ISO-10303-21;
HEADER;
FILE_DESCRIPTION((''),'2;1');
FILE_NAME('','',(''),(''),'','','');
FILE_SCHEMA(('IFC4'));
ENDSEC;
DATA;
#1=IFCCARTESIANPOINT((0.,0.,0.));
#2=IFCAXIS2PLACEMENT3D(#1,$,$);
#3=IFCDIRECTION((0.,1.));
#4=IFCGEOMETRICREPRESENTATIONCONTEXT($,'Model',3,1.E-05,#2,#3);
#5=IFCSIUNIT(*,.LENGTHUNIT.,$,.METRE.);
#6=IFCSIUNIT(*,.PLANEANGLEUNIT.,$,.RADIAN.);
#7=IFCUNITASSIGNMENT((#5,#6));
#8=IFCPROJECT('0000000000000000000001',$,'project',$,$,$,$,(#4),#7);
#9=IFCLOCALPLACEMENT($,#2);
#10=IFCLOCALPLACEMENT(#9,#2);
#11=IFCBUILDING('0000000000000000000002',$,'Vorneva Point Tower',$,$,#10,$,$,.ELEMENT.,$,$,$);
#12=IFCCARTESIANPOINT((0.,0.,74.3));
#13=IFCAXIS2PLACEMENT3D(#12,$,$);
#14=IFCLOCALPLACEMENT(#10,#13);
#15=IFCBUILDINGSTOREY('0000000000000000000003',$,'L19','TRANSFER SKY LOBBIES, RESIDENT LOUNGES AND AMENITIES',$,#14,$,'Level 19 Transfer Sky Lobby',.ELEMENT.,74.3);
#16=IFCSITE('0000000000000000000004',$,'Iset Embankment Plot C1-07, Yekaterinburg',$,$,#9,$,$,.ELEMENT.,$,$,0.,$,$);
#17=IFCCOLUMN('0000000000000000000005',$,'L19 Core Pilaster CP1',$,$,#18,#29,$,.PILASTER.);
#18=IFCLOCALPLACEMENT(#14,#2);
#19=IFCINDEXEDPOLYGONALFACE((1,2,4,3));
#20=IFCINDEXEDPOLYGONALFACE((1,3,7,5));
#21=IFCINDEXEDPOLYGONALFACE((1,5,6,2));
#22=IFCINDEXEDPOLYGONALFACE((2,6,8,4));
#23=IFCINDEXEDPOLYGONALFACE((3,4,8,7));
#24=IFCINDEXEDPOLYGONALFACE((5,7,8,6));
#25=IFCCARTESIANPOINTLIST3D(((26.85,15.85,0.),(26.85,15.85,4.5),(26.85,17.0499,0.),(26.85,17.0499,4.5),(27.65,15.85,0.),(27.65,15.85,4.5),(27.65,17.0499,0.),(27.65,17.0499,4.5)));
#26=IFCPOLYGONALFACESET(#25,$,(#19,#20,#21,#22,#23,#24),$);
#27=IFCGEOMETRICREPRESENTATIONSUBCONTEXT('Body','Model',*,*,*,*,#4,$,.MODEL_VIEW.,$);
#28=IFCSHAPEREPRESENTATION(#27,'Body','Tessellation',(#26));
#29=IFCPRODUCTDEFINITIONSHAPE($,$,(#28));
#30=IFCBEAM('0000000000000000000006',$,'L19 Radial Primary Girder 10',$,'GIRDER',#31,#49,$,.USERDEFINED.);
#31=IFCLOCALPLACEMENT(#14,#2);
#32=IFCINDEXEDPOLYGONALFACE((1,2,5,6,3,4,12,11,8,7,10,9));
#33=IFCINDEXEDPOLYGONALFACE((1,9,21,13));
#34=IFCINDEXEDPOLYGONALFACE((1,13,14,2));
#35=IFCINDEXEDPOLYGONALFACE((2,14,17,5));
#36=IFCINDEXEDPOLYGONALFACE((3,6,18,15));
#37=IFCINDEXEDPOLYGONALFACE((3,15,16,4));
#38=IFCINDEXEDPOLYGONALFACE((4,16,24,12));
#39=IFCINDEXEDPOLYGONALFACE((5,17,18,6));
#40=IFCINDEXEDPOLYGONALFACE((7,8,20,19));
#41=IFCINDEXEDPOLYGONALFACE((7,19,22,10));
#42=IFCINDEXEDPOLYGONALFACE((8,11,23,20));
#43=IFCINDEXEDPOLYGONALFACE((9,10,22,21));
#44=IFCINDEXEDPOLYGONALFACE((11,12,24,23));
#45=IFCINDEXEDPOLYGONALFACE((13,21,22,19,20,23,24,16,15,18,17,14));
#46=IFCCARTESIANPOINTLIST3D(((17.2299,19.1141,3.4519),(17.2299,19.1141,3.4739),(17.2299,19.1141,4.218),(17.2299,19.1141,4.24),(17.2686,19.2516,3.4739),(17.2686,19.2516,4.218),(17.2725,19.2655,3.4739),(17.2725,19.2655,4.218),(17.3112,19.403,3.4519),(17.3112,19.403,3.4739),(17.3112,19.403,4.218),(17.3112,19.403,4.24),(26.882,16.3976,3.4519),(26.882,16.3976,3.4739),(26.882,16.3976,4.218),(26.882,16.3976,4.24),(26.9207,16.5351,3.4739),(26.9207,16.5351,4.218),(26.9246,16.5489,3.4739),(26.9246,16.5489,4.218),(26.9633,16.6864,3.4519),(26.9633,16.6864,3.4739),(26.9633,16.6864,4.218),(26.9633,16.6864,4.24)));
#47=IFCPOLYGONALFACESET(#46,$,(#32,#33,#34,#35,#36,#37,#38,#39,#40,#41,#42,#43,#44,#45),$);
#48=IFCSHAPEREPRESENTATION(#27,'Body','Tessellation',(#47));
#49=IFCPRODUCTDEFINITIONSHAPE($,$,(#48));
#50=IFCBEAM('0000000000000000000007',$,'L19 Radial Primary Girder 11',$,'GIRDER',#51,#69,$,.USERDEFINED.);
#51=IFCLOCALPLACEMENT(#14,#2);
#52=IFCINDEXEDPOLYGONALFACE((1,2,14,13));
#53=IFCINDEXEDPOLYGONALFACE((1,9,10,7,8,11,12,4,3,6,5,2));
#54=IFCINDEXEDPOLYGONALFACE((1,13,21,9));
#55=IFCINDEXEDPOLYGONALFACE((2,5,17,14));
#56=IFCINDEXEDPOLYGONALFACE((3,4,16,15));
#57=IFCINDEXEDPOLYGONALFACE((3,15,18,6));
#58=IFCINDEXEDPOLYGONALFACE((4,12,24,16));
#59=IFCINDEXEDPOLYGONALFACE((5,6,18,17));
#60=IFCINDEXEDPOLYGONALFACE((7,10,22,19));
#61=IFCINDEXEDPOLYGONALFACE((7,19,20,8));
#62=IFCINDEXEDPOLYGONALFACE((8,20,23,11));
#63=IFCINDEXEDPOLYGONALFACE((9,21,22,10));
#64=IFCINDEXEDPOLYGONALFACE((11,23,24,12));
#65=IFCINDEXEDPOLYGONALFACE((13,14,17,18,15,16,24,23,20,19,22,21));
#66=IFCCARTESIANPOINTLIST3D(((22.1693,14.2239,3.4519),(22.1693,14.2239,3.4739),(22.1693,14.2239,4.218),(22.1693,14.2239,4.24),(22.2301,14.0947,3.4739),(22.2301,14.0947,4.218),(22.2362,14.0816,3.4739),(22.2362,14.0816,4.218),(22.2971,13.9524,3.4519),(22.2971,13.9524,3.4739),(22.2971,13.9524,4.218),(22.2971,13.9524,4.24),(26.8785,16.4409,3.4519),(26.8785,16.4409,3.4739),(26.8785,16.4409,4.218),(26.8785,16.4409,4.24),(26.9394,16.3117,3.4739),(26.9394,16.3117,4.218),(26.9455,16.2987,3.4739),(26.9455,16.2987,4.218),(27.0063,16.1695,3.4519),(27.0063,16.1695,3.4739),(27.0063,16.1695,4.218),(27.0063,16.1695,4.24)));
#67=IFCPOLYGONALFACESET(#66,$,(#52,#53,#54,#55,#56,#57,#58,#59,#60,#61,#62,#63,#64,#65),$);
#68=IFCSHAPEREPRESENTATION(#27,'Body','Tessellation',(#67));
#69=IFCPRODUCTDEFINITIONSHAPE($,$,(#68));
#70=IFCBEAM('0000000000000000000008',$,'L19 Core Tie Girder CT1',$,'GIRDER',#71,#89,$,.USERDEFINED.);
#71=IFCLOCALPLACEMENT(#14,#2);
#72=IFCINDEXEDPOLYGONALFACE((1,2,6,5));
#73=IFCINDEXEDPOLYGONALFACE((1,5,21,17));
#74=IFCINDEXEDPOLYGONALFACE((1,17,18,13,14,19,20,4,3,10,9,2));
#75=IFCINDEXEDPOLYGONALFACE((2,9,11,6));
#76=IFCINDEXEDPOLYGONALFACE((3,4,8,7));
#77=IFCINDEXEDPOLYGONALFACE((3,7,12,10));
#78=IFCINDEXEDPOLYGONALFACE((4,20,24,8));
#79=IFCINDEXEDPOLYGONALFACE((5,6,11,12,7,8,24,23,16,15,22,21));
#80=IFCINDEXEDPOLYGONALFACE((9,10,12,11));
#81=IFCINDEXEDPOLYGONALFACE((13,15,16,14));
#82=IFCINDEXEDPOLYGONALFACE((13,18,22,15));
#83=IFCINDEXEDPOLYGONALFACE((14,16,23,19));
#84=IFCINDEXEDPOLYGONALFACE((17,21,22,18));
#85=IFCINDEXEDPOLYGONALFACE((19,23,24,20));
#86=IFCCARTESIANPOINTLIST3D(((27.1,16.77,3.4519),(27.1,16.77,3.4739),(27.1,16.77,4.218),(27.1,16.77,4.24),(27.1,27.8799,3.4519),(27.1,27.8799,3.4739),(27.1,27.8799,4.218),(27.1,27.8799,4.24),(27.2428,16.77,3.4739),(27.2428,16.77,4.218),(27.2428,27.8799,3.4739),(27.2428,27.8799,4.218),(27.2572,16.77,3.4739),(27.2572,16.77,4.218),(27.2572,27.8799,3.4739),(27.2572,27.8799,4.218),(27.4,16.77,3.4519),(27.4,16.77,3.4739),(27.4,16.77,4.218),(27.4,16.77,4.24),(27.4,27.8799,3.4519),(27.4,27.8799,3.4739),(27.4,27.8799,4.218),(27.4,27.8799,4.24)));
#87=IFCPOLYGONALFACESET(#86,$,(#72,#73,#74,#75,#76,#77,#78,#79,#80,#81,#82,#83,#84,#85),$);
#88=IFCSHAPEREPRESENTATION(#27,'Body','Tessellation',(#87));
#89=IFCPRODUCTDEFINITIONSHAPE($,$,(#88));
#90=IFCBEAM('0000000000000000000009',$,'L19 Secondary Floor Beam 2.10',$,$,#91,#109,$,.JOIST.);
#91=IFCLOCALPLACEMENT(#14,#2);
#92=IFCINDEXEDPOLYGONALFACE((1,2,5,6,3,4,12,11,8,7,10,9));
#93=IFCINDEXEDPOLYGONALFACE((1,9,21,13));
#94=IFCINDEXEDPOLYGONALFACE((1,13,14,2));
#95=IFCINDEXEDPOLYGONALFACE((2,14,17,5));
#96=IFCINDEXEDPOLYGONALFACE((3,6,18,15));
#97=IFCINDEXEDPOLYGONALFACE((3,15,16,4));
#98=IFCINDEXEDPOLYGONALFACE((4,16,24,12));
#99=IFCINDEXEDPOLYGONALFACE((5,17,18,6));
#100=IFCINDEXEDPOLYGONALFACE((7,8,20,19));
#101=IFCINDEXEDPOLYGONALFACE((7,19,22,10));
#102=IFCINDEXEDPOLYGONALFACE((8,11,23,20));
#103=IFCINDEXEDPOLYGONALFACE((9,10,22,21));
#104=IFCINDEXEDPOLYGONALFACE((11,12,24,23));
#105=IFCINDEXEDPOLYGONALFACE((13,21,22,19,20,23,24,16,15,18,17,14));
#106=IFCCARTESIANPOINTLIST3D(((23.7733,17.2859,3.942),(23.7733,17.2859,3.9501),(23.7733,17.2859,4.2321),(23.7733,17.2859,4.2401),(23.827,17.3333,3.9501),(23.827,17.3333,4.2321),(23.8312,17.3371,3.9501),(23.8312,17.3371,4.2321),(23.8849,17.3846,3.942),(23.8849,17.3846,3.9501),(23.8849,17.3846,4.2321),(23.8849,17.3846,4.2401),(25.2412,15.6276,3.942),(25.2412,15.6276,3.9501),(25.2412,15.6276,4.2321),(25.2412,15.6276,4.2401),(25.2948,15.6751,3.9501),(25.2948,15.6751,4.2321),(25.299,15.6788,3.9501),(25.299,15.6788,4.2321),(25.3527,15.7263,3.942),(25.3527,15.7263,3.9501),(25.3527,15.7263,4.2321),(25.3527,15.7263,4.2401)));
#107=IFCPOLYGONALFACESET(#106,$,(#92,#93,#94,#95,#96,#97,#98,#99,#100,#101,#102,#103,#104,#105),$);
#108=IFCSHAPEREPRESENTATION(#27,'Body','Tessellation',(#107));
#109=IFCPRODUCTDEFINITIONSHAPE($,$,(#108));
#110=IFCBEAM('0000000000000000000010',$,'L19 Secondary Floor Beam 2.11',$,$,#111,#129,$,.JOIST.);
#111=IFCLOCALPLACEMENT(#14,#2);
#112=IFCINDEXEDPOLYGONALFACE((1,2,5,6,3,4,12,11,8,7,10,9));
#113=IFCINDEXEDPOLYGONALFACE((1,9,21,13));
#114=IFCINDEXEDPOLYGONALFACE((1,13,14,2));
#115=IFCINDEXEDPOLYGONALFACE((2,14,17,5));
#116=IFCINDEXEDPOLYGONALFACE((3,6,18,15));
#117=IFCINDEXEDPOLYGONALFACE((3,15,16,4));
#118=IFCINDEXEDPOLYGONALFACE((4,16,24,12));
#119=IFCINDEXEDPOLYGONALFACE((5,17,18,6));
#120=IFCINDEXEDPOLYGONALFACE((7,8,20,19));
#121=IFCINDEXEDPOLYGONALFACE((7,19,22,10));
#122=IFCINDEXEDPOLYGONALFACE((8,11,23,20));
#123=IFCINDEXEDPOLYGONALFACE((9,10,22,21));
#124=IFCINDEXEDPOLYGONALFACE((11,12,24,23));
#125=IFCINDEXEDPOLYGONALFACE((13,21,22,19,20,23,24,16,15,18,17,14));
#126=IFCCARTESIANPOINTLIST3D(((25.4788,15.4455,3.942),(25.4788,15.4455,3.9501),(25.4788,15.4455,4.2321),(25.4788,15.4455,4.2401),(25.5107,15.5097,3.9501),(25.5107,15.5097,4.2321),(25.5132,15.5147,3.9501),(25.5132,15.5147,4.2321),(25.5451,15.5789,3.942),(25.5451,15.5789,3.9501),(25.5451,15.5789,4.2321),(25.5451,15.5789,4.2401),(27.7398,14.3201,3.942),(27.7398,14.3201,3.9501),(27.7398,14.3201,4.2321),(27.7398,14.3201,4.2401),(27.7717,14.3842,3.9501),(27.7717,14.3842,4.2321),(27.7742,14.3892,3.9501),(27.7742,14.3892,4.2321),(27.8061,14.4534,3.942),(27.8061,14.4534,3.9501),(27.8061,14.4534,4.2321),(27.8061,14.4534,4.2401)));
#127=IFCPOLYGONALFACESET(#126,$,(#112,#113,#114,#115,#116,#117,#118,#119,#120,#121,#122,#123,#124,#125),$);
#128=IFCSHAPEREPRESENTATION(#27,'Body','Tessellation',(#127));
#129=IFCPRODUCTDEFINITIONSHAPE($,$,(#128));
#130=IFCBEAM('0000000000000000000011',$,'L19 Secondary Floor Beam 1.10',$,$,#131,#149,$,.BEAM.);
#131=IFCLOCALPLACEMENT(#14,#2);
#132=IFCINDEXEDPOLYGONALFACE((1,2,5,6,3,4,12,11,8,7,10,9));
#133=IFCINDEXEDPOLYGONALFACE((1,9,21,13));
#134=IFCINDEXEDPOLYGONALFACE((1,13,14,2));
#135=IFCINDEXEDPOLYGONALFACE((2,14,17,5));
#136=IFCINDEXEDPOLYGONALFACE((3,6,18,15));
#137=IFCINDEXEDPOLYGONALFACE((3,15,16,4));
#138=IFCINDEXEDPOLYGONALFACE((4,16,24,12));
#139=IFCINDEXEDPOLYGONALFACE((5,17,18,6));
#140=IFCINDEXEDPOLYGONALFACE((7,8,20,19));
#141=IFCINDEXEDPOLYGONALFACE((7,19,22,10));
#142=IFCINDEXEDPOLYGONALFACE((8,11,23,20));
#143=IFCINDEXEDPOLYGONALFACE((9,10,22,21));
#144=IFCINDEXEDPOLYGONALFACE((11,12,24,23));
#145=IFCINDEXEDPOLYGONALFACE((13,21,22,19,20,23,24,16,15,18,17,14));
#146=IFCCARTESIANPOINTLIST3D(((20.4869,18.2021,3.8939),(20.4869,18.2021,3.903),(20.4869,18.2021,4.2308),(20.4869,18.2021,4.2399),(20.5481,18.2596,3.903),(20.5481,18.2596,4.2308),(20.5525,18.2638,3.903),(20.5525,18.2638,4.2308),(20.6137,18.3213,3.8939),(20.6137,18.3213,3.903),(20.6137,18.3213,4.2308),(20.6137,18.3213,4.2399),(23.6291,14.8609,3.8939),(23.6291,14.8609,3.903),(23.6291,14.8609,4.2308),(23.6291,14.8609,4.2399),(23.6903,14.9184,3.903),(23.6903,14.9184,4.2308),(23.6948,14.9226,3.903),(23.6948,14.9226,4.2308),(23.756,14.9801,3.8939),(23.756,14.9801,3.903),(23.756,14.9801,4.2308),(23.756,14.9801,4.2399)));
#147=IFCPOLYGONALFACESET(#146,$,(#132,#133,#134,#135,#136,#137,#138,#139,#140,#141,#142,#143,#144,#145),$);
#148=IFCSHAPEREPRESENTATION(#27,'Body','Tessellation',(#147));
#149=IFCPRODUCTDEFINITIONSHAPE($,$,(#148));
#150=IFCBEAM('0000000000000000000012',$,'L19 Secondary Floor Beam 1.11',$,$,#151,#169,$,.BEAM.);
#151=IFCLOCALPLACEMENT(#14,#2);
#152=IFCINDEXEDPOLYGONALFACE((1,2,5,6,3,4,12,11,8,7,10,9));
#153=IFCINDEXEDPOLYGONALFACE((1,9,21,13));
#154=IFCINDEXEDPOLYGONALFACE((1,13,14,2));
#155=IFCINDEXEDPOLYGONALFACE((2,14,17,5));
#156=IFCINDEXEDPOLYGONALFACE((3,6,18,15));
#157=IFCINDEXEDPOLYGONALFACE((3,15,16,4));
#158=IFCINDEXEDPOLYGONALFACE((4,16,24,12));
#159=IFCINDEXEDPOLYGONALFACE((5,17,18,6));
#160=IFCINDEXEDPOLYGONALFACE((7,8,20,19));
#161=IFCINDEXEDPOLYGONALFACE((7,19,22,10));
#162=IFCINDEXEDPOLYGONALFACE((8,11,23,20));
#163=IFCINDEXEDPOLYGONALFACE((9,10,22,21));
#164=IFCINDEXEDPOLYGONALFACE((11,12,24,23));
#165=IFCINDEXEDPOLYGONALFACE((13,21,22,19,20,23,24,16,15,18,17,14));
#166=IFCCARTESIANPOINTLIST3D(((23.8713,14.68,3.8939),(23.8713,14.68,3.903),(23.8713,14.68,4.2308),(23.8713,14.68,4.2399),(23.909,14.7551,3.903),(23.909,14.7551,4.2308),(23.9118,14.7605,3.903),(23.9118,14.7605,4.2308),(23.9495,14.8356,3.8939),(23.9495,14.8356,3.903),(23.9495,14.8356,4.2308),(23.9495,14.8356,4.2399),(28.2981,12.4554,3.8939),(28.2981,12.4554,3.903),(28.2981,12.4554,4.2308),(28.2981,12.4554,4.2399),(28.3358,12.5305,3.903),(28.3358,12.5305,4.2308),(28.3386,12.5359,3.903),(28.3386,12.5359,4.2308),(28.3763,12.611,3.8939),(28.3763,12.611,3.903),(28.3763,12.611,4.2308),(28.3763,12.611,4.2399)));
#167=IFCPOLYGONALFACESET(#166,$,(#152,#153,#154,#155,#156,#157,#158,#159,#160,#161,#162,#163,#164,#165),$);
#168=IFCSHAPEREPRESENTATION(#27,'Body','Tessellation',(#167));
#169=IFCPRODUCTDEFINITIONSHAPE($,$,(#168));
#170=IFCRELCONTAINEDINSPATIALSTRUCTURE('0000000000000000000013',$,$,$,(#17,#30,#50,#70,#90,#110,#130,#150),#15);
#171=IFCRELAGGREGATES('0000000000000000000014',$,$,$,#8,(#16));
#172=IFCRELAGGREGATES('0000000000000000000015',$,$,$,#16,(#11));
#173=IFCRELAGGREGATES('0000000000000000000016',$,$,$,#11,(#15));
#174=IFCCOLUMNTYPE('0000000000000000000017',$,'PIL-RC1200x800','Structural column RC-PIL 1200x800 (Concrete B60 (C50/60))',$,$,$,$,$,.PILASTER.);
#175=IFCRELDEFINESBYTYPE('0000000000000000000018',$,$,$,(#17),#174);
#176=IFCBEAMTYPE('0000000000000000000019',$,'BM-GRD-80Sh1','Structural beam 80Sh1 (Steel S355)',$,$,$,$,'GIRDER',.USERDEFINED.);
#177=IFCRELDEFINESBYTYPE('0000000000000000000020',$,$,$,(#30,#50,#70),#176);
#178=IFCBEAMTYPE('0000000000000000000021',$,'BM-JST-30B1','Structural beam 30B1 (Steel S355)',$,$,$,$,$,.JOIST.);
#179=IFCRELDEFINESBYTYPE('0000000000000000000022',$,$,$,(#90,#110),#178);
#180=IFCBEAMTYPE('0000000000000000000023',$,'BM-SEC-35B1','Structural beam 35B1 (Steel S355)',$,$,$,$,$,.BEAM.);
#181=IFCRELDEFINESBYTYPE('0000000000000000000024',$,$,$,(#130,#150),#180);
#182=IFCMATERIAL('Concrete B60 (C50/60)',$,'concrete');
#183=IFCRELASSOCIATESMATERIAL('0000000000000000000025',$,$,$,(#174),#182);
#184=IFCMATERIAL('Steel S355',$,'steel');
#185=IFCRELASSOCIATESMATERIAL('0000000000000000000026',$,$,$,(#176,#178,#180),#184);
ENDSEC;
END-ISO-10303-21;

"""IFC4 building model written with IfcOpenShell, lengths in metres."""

from ifc_helpers import new_model, si_unit, direction, frame, origin, origin_2d, place, context, subcontext, project, spatial, rectangle, i_section, extrude, material, material_profile, profile_set, type_object, element, save


model = new_model("IFC4")

# Units and contexts
model_context = context("Model", 3, precision=1e-05, world=origin(), true_north=direction((0.0, 1.0)))
body_context = subcontext(model_context, "Body", "Model", "MODEL_VIEW")
ifc_project = project(units=[si_unit("LENGTHUNIT", "METRE"), si_unit("PLANEANGLEUNIT", "RADIAN")], contexts=[model_context])

# Site, building, storey
site_placement = place(None, origin())
site = spatial("IfcSite", under=ifc_project, at=site_placement, Name="Iset Embankment Plot C1-07, Yekaterinburg", CompositionType="ELEMENT", RefElevation=0.0)
building_placement = place(site_placement, origin())
building = spatial("IfcBuilding", under=site, at=building_placement, Name="Vorneva Point Tower", CompositionType="ELEMENT")
storey_placement = place(building_placement, frame((0.0, 0.0, 74.3)))
storey = spatial("IfcBuildingStorey", under=building, at=storey_placement, Name="L19", Description="TRANSFER SKY LOBBIES, RESIDENT LOUNGES AND AMENITIES", LongName="Level 19 Transfer Sky Lobby", CompositionType="ELEMENT", Elevation=74.3)

# Column
ifc_material_1 = material(Name="Concrete B60 (C50/60)", Category="concrete")
ifc_material_profile_1 = material_profile(ifc_material_1, rectangle(XDim=0.8, YDim=1.2, at=origin_2d()), Name="RC-PIL 1200x800")
ifc_profile_set_1 = profile_set([ifc_material_profile_1], Name="Concrete B60 (C50/60)")
column_type_1 = type_object("IfcColumnType", Name="PIL-RC1200x800", Description="Structural column RC-PIL 1200x800 (Concrete B60 (C50/60))", PredefinedType="PILASTER", material=ifc_profile_set_1)
column_1_placement = place(storey_placement, frame((27.25, 16.45, 0.0), z_axis=(0.0, 0.0, 1.0), x_axis=(1.0, 0.0, 0.0)))
element("IfcColumn", 1, at=column_1_placement, inside=storey, type_object=column_type_1, Name="L19 Core Pilaster CP1", PredefinedType="PILASTER", context=body_context, shape_type="SweptSolid", body=[
    extrude(rectangle(XDim=0.8, YDim=1.2, at=origin_2d()), origin(), (0.0, 0.0, 1.0), 4.5),
])

# Beams
ifc_material_2 = material(Name="Steel S355", Category="steel")
ifc_material_profile_2 = material_profile(ifc_material_2, i_section(OverallWidth=0.3, OverallDepth=0.7881, WebThickness=0.0144, FlangeThickness=0.022, at=origin_2d()), Name="80Sh1")
ifc_profile_set_2 = profile_set([ifc_material_profile_2], Name="Steel S355")
beam_type_1 = type_object("IfcBeamType", Name="BM-GRD-80Sh1", Description="Structural beam 80Sh1 (Steel S355)", ElementType="GIRDER", PredefinedType="USERDEFINED", material=ifc_profile_set_2)
beam_1_placement = place(storey_placement, frame((17.2705, 19.2585, 3.8459), z_axis=(0.962602, -0.270921, 0.0), x_axis=(0.270921, 0.962602, 0.0)))
element("IfcBeam", 2, at=beam_1_placement, inside=storey, type_object=beam_type_1, Name="L19 Radial Primary Girder 10", ObjectType="GIRDER", PredefinedType="USERDEFINED", context=body_context, shape_type="SweptSolid", body=[
    extrude(i_section(OverallWidth=0.3, OverallDepth=0.7881, WebThickness=0.0144, FlangeThickness=0.022, at=origin_2d()), origin(), (0.0, 0.0, 1.0), 10.0271),
])
beam_2_placement = place(storey_placement, frame((22.2332, 14.0881, 3.8459), z_axis=(0.90475, 0.425944, 0.0), x_axis=(-0.425944, 0.90475, 0.0)))
element("IfcBeam", 3, at=beam_2_placement, inside=storey, type_object=beam_type_1, Name="L19 Radial Primary Girder 11", ObjectType="GIRDER", PredefinedType="USERDEFINED", context=body_context, shape_type="SweptSolid", body=[
    extrude(i_section(OverallWidth=0.3, OverallDepth=0.7881, WebThickness=0.0144, FlangeThickness=0.022, at=origin_2d()), origin(), (0.0, 0.0, 1.0), 5.2051),
])
beam_3_placement = place(storey_placement, frame((27.25, 16.77, 3.8459), z_axis=(0.0, 1.0, 0.0), x_axis=(-1.0, 0.0, 0.0)))
element("IfcBeam", 4, at=beam_3_placement, inside=storey, type_object=beam_type_1, Name="L19 Core Tie Girder CT1", ObjectType="GIRDER", PredefinedType="USERDEFINED", context=body_context, shape_type="SweptSolid", body=[
    extrude(i_section(OverallWidth=0.3, OverallDepth=0.7881, WebThickness=0.0144, FlangeThickness=0.022, at=origin_2d()), origin(), (0.0, 0.0, 1.0), 11.1099),
])
ifc_material_profile_3 = material_profile(ifc_material_2, i_section(OverallWidth=0.1489, OverallDepth=0.2981, WebThickness=0.0056, FlangeThickness=0.0081, at=origin_2d()), Name="30B1")
ifc_profile_set_3 = profile_set([ifc_material_profile_3], Name="Steel S355")
beam_type_2 = type_object("IfcBeamType", Name="BM-JST-30B1", Description="Structural beam 30B1 (Steel S355)", PredefinedType="JOIST", material=ifc_profile_set_3)
beam_4_placement = place(storey_placement, frame((23.8291, 17.3352, 4.0911), z_axis=(0.662802, -0.748795, 0.0), x_axis=(0.748795, 0.662802, 0.0)))
element("IfcBeam", 5, at=beam_4_placement, inside=storey, type_object=beam_type_2, Name="L19 Secondary Floor Beam 2.10", PredefinedType="JOIST", context=body_context, shape_type="SweptSolid", body=[
    extrude(i_section(OverallWidth=0.1489, OverallDepth=0.2981, WebThickness=0.0056, FlangeThickness=0.0081, at=origin_2d()), origin(), (0.0, 0.0, 1.0), 2.2146),
])
beam_5_placement = place(storey_placement, frame((25.512, 15.5122, 4.0911), z_axis=(0.895218, -0.445628, 0.0), x_axis=(0.445628, 0.895218, 0.0)))
element("IfcBeam", 6, at=beam_5_placement, inside=storey, type_object=beam_type_2, Name="L19 Secondary Floor Beam 2.11", PredefinedType="JOIST", context=body_context, shape_type="SweptSolid", body=[
    extrude(i_section(OverallWidth=0.1489, OverallDepth=0.2981, WebThickness=0.0056, FlangeThickness=0.0081, at=origin_2d()), origin(), (0.0, 0.0, 1.0), 2.5256),
])
ifc_material_profile_4 = material_profile(ifc_material_2, i_section(OverallWidth=0.1741, OverallDepth=0.3459, WebThickness=0.0061, FlangeThickness=0.009, at=origin_2d()), Name="35B1")
ifc_profile_set_4 = profile_set([ifc_material_profile_4], Name="Steel S355")
beam_type_3 = type_object("IfcBeamType", Name="BM-SEC-35B1", Description="Structural beam 35B1 (Steel S355)", PredefinedType="BEAM", material=ifc_profile_set_4)
beam_6_placement = place(storey_placement, frame((20.5503, 18.2617, 4.0669), z_axis=(0.685084, -0.728464, 0.0), x_axis=(0.728464, 0.685084, 0.0)))
element("IfcBeam", 7, at=beam_6_placement, inside=storey, type_object=beam_type_3, Name="L19 Secondary Floor Beam 1.10", PredefinedType="BEAM", context=body_context, shape_type="SweptSolid", body=[
    extrude(i_section(OverallWidth=0.1741, OverallDepth=0.3459, WebThickness=0.0061, FlangeThickness=0.009, at=origin_2d()), origin(), (0.0, 0.0, 1.0), 4.5867),
])
beam_7_placement = place(storey_placement, frame((23.9104, 14.7578, 4.0669), z_axis=(0.893519, -0.449026, 0.0), x_axis=(0.449026, 0.893519, 0.0)))
element("IfcBeam", 8, at=beam_7_placement, inside=storey, type_object=beam_type_3, Name="L19 Secondary Floor Beam 1.11", PredefinedType="BEAM", context=body_context, shape_type="SweptSolid", body=[
    extrude(i_section(OverallWidth=0.1741, OverallDepth=0.3459, WebThickness=0.0061, FlangeThickness=0.009, at=origin_2d()), origin(), (0.0, 0.0, 1.0), 4.9543),
])

save(model, "model.ifc")
